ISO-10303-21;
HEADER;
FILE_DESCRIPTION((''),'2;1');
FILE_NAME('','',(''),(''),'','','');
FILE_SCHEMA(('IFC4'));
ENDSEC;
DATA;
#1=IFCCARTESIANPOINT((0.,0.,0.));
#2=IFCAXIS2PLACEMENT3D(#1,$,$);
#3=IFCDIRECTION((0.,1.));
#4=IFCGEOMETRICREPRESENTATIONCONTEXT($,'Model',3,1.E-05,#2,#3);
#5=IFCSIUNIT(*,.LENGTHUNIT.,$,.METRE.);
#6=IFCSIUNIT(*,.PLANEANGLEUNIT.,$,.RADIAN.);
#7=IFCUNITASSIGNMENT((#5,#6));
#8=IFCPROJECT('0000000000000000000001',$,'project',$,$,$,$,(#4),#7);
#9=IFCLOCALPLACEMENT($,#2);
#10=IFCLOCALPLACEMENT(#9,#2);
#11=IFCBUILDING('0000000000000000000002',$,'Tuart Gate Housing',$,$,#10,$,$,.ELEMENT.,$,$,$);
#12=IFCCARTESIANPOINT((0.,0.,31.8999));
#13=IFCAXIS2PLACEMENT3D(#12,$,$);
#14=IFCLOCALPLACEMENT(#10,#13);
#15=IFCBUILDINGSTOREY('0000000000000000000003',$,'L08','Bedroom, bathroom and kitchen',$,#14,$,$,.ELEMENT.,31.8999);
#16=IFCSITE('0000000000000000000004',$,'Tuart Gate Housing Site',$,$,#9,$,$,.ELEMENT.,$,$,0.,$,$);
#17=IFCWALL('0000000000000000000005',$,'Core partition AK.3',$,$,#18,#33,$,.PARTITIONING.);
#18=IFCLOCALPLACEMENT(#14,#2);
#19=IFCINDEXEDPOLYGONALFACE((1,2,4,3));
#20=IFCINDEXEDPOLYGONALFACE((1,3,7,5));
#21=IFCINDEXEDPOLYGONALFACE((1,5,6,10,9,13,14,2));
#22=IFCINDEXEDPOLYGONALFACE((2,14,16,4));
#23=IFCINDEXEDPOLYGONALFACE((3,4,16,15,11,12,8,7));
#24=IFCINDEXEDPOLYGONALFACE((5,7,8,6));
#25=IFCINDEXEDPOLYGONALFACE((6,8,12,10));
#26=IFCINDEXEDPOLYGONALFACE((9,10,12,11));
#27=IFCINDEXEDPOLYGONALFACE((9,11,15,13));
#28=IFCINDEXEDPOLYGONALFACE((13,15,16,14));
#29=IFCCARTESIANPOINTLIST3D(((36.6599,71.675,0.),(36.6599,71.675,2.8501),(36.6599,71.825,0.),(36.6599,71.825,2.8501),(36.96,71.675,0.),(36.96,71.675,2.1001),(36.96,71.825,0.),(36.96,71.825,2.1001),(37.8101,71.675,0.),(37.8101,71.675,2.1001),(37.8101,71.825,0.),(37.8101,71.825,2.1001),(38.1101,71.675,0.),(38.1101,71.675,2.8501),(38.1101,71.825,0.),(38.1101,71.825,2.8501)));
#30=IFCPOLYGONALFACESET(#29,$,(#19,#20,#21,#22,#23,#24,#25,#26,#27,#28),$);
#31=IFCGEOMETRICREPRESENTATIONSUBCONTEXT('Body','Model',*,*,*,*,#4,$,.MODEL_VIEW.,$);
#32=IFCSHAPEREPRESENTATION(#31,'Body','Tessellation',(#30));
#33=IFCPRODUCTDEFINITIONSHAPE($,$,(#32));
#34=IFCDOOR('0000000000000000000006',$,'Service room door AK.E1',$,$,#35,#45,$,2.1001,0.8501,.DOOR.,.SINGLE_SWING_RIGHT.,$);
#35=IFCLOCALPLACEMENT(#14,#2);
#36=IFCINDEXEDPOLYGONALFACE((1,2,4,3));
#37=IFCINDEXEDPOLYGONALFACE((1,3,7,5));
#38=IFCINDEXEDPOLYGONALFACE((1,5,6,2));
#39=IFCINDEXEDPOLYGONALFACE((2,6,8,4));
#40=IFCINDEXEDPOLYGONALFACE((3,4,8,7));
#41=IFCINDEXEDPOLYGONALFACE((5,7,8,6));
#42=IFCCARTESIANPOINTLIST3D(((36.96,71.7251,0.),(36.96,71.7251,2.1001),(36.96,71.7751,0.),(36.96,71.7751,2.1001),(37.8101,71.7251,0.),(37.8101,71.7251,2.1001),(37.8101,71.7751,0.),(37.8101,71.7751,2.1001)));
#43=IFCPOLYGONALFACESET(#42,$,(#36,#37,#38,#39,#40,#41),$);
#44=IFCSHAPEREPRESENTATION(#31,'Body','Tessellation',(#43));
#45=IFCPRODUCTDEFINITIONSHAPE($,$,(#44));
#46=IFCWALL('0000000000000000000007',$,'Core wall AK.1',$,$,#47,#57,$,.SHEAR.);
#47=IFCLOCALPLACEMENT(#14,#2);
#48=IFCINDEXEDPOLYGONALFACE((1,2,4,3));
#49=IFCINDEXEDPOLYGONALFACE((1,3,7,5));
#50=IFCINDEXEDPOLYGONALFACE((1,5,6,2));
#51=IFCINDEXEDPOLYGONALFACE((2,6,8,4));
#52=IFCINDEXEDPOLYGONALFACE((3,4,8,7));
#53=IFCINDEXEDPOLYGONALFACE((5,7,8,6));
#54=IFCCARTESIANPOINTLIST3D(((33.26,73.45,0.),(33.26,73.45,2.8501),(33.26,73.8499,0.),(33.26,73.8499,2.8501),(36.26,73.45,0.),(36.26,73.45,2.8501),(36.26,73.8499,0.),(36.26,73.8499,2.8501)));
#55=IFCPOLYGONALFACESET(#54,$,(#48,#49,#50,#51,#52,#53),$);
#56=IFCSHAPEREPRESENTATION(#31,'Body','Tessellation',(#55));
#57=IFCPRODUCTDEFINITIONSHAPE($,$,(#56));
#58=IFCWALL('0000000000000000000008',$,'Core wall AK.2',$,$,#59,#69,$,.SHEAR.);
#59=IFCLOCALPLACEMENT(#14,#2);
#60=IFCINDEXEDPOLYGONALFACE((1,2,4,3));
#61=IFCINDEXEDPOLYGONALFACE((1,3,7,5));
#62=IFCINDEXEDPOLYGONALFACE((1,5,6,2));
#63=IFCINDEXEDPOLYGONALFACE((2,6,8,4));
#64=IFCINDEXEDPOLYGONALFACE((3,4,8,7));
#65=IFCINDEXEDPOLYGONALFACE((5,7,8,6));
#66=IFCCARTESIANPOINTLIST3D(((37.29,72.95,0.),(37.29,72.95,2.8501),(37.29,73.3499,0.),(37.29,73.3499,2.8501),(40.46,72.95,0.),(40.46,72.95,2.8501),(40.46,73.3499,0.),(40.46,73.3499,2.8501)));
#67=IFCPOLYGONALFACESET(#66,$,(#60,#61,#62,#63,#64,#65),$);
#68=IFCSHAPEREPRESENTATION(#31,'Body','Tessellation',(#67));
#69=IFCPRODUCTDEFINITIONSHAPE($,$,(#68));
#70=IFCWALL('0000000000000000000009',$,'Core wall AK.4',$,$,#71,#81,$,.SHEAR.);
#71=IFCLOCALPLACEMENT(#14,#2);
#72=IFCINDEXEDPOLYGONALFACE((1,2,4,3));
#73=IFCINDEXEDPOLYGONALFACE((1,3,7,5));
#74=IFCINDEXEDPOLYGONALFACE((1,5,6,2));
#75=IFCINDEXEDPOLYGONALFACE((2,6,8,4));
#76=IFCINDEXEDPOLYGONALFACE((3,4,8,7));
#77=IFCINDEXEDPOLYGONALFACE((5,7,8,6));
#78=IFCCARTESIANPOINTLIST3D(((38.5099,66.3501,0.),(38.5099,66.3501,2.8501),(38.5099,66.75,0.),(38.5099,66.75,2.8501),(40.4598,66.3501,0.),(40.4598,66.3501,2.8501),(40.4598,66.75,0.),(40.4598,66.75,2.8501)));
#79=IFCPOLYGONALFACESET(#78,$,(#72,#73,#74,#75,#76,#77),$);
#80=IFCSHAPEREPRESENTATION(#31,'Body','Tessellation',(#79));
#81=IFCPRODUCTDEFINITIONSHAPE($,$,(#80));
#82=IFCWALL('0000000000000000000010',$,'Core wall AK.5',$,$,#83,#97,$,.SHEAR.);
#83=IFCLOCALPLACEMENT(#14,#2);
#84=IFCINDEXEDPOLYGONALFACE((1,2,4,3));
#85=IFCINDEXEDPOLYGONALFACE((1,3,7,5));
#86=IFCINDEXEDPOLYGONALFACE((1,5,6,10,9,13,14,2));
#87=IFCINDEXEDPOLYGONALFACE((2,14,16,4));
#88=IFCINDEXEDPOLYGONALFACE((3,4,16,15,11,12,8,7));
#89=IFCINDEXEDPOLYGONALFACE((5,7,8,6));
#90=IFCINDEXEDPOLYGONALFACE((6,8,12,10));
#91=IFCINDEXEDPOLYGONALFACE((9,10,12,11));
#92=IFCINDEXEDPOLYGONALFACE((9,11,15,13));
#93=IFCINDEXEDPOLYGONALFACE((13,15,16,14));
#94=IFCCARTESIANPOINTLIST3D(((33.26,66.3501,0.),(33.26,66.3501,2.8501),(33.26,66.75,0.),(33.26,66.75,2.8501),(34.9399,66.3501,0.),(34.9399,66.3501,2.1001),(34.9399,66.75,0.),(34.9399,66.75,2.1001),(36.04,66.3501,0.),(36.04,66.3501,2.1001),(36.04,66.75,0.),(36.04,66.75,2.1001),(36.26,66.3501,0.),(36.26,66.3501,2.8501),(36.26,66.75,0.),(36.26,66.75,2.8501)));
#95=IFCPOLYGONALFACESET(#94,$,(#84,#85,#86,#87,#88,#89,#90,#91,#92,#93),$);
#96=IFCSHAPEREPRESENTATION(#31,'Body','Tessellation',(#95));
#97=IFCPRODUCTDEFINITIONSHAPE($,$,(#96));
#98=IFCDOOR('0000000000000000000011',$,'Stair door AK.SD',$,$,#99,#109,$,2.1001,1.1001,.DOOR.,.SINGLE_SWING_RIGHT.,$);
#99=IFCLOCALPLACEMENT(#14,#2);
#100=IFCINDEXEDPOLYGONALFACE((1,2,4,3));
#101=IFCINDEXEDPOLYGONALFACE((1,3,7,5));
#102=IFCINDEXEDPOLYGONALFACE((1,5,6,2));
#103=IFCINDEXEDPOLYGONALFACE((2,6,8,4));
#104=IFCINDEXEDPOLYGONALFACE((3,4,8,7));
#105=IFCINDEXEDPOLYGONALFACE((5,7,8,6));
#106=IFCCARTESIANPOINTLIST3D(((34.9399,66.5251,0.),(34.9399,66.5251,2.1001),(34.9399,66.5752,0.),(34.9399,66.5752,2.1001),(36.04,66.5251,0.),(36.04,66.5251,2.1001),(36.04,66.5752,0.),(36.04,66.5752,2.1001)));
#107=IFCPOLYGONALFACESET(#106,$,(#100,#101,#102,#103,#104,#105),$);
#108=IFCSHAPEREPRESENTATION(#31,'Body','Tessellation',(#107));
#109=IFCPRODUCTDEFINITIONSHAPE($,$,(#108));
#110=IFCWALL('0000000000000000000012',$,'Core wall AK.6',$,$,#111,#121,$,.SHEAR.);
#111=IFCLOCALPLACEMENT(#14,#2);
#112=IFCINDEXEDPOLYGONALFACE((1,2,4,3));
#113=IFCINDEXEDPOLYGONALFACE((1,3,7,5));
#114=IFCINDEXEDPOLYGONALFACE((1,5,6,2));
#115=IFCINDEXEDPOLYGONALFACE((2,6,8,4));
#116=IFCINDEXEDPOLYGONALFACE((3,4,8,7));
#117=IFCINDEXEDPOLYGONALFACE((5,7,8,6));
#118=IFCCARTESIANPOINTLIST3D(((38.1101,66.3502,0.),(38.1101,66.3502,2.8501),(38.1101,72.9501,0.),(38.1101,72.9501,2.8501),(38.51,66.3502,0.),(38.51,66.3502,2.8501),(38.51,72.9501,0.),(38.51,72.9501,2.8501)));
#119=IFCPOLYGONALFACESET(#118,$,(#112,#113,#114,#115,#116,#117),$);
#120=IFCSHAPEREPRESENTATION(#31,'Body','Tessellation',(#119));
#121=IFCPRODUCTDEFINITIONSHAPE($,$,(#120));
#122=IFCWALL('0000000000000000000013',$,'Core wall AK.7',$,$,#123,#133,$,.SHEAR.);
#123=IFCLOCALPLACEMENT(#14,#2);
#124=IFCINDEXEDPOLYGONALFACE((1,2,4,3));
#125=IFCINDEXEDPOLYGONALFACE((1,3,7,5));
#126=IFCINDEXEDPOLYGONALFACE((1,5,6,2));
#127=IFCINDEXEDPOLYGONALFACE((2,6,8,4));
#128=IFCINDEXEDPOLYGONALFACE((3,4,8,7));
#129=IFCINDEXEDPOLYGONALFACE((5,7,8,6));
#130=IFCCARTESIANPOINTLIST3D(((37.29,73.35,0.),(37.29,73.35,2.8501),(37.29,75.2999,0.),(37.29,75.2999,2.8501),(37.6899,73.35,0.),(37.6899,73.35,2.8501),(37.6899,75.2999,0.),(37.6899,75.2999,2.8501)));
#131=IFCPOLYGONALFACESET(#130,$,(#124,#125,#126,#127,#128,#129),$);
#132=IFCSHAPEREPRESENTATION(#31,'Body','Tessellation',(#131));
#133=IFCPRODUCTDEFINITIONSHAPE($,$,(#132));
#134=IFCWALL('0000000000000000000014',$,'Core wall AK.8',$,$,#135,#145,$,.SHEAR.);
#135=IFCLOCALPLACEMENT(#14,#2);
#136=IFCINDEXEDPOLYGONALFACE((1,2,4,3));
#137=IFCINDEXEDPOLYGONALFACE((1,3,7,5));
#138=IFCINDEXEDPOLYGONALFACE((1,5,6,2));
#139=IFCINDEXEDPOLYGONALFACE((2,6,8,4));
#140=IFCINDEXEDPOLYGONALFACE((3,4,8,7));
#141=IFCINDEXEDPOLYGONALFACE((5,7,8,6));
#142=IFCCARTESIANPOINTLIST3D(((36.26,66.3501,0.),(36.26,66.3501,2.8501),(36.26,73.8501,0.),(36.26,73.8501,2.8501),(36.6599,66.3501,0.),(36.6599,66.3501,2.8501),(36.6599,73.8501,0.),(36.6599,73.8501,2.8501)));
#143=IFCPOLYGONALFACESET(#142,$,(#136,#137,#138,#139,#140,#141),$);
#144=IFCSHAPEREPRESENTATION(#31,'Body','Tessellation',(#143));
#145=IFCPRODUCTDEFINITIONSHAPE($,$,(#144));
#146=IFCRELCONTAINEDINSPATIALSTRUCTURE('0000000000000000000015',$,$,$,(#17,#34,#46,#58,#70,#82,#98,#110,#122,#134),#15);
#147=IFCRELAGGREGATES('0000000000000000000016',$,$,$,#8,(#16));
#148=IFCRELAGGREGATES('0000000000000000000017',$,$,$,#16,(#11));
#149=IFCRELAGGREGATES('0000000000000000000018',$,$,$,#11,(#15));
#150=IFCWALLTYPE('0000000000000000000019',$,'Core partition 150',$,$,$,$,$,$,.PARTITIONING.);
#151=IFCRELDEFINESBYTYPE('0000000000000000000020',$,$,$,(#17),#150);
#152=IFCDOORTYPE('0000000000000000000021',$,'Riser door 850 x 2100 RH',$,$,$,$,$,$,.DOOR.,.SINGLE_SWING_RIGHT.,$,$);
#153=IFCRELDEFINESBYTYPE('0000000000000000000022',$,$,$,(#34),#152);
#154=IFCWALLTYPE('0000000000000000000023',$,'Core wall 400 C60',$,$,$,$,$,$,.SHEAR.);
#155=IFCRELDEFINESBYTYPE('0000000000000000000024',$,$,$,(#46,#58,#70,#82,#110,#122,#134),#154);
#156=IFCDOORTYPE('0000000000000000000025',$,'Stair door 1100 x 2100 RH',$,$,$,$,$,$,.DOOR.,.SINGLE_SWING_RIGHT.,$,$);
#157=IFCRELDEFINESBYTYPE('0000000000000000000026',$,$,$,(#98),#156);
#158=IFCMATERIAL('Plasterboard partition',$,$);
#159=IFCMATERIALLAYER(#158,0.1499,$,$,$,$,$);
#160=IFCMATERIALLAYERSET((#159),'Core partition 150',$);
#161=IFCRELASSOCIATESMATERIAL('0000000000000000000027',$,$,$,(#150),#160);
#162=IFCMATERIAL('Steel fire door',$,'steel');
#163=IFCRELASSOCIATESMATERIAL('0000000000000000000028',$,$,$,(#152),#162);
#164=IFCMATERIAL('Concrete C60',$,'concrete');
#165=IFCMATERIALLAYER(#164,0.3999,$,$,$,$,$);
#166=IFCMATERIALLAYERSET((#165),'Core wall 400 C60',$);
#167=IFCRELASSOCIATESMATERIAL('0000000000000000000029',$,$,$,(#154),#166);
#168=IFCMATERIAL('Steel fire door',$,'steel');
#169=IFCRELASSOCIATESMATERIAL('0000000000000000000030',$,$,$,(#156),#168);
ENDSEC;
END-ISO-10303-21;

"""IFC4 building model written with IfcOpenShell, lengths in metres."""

from ifc_helpers import new_model, si_unit, direction, frame, frame_2d, origin, place, context, subcontext, project, spatial, rectangle, extrude, material, layer, layer_set, type_object, element, fill, save


model = new_model("IFC4")

# Units and contexts
model_context = context("Model", 3, precision=1e-05, world=origin(), true_north=direction((0.0, 1.0)))
body_context = subcontext(model_context, "Body", "Model", "MODEL_VIEW")
ifc_project = project(units=[si_unit("LENGTHUNIT", "METRE"), si_unit("PLANEANGLEUNIT", "RADIAN")], contexts=[model_context])

# Site, building, storey
site_placement = place(None, origin())
site = spatial("IfcSite", under=ifc_project, at=site_placement, Name="Tuart Gate Housing Site", CompositionType="ELEMENT", RefElevation=0.0)
building_placement = place(site_placement, origin())
building = spatial("IfcBuilding", under=site, at=building_placement, Name="Tuart Gate Housing", CompositionType="ELEMENT")
storey_placement = place(building_placement, frame((0.0, 0.0, 31.8999)))
storey = spatial("IfcBuildingStorey", under=building, at=storey_placement, Name="L08", Description="Bedroom, bathroom and kitchen", CompositionType="ELEMENT", Elevation=31.8999)

# Wall, opening, door
ifc_material_1 = material(Name="Plasterboard partition")
ifc_layer_1 = layer(ifc_material_1, 0.1499)
ifc_layer_set_1 = layer_set([ifc_layer_1], Name="Core partition 150")
wall_type_1 = type_object("IfcWallType", Name="Core partition 150", PredefinedType="PARTITIONING", material=ifc_layer_set_1)
wall_1_placement = place(storey_placement, frame((38.1101, 71.75, 0.0), z_axis=(0.0, 0.0, 1.0), x_axis=(-1.0, 0.0, 0.0)))
wall_1 = element("IfcWall", 1, at=wall_1_placement, inside=storey, type_object=wall_type_1, Name="Core partition AK.3", PredefinedType="PARTITIONING", context=body_context, shape_type="SweptSolid", body=[
    extrude(rectangle(XDim=1.4502, YDim=0.1499, at=frame_2d((0.7251, 0.0))), origin(), (0.0, 0.0, 1.0), 2.8501),
])
opening_1_placement = place(wall_1_placement, frame((0.3, 0.0, 0.0)))
opening_1 = element("IfcOpeningElement", 2, at=opening_1_placement, cuts=wall_1, PredefinedType="OPENING", context=body_context, shape_type="SweptSolid", body=[
    extrude(rectangle(XDim=0.8501, YDim=2.1001, at=frame_2d((0.425, 1.05))), frame((0.0, 0.085, 0.0), z_axis=(0.0, -1.0, 0.0), x_axis=(1.0, 0.0, 0.0)), (0.0, 0.0, 1.0), 0.1699),
])
ifc_material_2 = material(Name="Steel fire door", Category="steel")
door_type_1 = type_object("IfcDoorType", Name="Riser door 850 x 2100 RH", OperationType="SINGLE_SWING_RIGHT", PredefinedType="DOOR", material=ifc_material_2)
door_1_placement = place(opening_1_placement, frame((0.8501, 0.0, 0.0), z_axis=(0.0, 0.0, 1.0), x_axis=(-1.0, 0.0, 0.0)))
door_1 = element("IfcDoor", 3, at=door_1_placement, inside=storey, type_object=door_type_1, Name="Service room door AK.E1", OperationType="SINGLE_SWING_RIGHT", OverallHeight=2.1001, OverallWidth=0.8501, PredefinedType="DOOR", context=body_context, shape_type="SweptSolid", body=[
    extrude(rectangle(XDim=0.8501, YDim=2.1001, at=frame_2d((0.425, 1.05))), frame((0.0, 0.0251, 0.0), z_axis=(0.0, -1.0, 0.0), x_axis=(1.0, 0.0, 0.0)), (0.0, 0.0, 1.0), 0.05),
])
fill(opening_1, door_1)

# Walls
ifc_material_3 = material(Name="Concrete C60", Category="concrete")
ifc_layer_2 = layer(ifc_material_3, 0.3999)
ifc_layer_set_2 = layer_set([ifc_layer_2], Name="Core wall 400 C60")
wall_type_2 = type_object("IfcWallType", Name="Core wall 400 C60", PredefinedType="SHEAR", material=ifc_layer_set_2)
wall_2_placement = place(storey_placement, frame((36.26, 73.6499, 0.0), z_axis=(0.0, 0.0, 1.0), x_axis=(-1.0, 0.0, 0.0)))
element("IfcWall", 4, at=wall_2_placement, inside=storey, type_object=wall_type_2, Name="Core wall AK.1", PredefinedType="SHEAR", context=body_context, shape_type="SweptSolid", body=[
    extrude(rectangle(XDim=3.0, YDim=0.3999, at=frame_2d((1.5, 0.0))), origin(), (0.0, 0.0, 1.0), 2.8501),
])
wall_3_placement = place(storey_placement, frame((40.46, 73.1499, 0.0), z_axis=(0.0, 0.0, 1.0), x_axis=(-1.0, 0.0, 0.0)))
element("IfcWall", 5, at=wall_3_placement, inside=storey, type_object=wall_type_2, Name="Core wall AK.2", PredefinedType="SHEAR", context=body_context, shape_type="SweptSolid", body=[
    extrude(rectangle(XDim=3.1699, YDim=0.3999, at=frame_2d((1.585, 0.0))), origin(), (0.0, 0.0, 1.0), 2.8501),
])
wall_4_placement = place(storey_placement, frame((40.46, 66.55, 0.0), z_axis=(0.0, 0.0, 1.0), x_axis=(-1.0, 0.0, 0.0)))
element("IfcWall", 6, at=wall_4_placement, inside=storey, type_object=wall_type_2, Name="Core wall AK.4", PredefinedType="SHEAR", context=body_context, shape_type="SweptSolid", body=[
    extrude(rectangle(XDim=1.95, YDim=0.3999, at=frame_2d((0.9751, 0.0))), origin(), (0.0, 0.0, 1.0), 2.8501),
])

# Wall, opening, door
wall_5_placement = place(storey_placement, frame((36.26, 66.55, 0.0), z_axis=(0.0, 0.0, 1.0), x_axis=(-1.0, 0.0, 0.0)))
wall_5 = element("IfcWall", 7, at=wall_5_placement, inside=storey, type_object=wall_type_2, Name="Core wall AK.5", PredefinedType="SHEAR", context=body_context, shape_type="SweptSolid", body=[
    extrude(rectangle(XDim=3.0, YDim=0.3999, at=frame_2d((1.5, 0.0))), origin(), (0.0, 0.0, 1.0), 2.8501),
])
opening_2_placement = place(wall_5_placement, frame((0.22, 0.0, 0.0)))
opening_2 = element("IfcOpeningElement", 8, at=opening_2_placement, cuts=wall_5, PredefinedType="OPENING", context=body_context, shape_type="SweptSolid", body=[
    extrude(rectangle(XDim=1.1001, YDim=2.1001, at=frame_2d((0.55, 1.05))), frame((0.0, 0.21, 0.0), z_axis=(0.0, -1.0, 0.0), x_axis=(1.0, 0.0, 0.0)), (0.0, 0.0, 1.0), 0.4199),
])
ifc_material_4 = material(Name="Steel fire door", Category="steel")
door_type_2 = type_object("IfcDoorType", Name="Stair door 1100 x 2100 RH", OperationType="SINGLE_SWING_RIGHT", PredefinedType="DOOR", material=ifc_material_4)
door_2_placement = place(opening_2_placement, frame((1.1001, 0.0, 0.0), z_axis=(0.0, 0.0, 1.0), x_axis=(-1.0, 0.0, 0.0)))
door_2 = element("IfcDoor", 9, at=door_2_placement, inside=storey, type_object=door_type_2, Name="Stair door AK.SD", OperationType="SINGLE_SWING_RIGHT", OverallHeight=2.1001, OverallWidth=1.1001, PredefinedType="DOOR", context=body_context, shape_type="SweptSolid", body=[
    extrude(rectangle(XDim=1.1001, YDim=2.1001, at=frame_2d((0.55, 1.05))), frame((0.0, 0.0251, 0.0), z_axis=(0.0, -1.0, 0.0), x_axis=(1.0, 0.0, 0.0)), (0.0, 0.0, 1.0), 0.05),
])
fill(opening_2, door_2)

# Walls
wall_6_placement = place(storey_placement, frame((38.3101, 72.95, 0.0), z_axis=(0.0, 0.0, 1.0), x_axis=(0.0, -1.0, 0.0)))
element("IfcWall", 10, at=wall_6_placement, inside=storey, type_object=wall_type_2, Name="Core wall AK.6", PredefinedType="SHEAR", context=body_context, shape_type="SweptSolid", body=[
    extrude(rectangle(XDim=6.5999, YDim=0.3999, at=frame_2d((3.2998, 0.0))), origin(), (0.0, 0.0, 1.0), 2.8501),
])
wall_7_placement = place(storey_placement, frame((37.49, 75.3, 0.0), z_axis=(0.0, 0.0, 1.0), x_axis=(0.0, -1.0, 0.0)))
element("IfcWall", 11, at=wall_7_placement, inside=storey, type_object=wall_type_2, Name="Core wall AK.7", PredefinedType="SHEAR", context=body_context, shape_type="SweptSolid", body=[
    extrude(rectangle(XDim=1.95, YDim=0.3999, at=frame_2d((0.9751, 0.0))), origin(), (0.0, 0.0, 1.0), 2.8501),
])
wall_8_placement = place(storey_placement, frame((36.46, 73.8501, 0.0), z_axis=(0.0, 0.0, 1.0), x_axis=(0.0, -1.0, 0.0)))
element("IfcWall", 12, at=wall_8_placement, inside=storey, type_object=wall_type_2, Name="Core wall AK.8", PredefinedType="SHEAR", context=body_context, shape_type="SweptSolid", body=[
    extrude(rectangle(XDim=7.5, YDim=0.3999, at=frame_2d((3.75, 0.0))), origin(), (0.0, 0.0, 1.0), 2.8501),
])

save(model, "model.ifc")
